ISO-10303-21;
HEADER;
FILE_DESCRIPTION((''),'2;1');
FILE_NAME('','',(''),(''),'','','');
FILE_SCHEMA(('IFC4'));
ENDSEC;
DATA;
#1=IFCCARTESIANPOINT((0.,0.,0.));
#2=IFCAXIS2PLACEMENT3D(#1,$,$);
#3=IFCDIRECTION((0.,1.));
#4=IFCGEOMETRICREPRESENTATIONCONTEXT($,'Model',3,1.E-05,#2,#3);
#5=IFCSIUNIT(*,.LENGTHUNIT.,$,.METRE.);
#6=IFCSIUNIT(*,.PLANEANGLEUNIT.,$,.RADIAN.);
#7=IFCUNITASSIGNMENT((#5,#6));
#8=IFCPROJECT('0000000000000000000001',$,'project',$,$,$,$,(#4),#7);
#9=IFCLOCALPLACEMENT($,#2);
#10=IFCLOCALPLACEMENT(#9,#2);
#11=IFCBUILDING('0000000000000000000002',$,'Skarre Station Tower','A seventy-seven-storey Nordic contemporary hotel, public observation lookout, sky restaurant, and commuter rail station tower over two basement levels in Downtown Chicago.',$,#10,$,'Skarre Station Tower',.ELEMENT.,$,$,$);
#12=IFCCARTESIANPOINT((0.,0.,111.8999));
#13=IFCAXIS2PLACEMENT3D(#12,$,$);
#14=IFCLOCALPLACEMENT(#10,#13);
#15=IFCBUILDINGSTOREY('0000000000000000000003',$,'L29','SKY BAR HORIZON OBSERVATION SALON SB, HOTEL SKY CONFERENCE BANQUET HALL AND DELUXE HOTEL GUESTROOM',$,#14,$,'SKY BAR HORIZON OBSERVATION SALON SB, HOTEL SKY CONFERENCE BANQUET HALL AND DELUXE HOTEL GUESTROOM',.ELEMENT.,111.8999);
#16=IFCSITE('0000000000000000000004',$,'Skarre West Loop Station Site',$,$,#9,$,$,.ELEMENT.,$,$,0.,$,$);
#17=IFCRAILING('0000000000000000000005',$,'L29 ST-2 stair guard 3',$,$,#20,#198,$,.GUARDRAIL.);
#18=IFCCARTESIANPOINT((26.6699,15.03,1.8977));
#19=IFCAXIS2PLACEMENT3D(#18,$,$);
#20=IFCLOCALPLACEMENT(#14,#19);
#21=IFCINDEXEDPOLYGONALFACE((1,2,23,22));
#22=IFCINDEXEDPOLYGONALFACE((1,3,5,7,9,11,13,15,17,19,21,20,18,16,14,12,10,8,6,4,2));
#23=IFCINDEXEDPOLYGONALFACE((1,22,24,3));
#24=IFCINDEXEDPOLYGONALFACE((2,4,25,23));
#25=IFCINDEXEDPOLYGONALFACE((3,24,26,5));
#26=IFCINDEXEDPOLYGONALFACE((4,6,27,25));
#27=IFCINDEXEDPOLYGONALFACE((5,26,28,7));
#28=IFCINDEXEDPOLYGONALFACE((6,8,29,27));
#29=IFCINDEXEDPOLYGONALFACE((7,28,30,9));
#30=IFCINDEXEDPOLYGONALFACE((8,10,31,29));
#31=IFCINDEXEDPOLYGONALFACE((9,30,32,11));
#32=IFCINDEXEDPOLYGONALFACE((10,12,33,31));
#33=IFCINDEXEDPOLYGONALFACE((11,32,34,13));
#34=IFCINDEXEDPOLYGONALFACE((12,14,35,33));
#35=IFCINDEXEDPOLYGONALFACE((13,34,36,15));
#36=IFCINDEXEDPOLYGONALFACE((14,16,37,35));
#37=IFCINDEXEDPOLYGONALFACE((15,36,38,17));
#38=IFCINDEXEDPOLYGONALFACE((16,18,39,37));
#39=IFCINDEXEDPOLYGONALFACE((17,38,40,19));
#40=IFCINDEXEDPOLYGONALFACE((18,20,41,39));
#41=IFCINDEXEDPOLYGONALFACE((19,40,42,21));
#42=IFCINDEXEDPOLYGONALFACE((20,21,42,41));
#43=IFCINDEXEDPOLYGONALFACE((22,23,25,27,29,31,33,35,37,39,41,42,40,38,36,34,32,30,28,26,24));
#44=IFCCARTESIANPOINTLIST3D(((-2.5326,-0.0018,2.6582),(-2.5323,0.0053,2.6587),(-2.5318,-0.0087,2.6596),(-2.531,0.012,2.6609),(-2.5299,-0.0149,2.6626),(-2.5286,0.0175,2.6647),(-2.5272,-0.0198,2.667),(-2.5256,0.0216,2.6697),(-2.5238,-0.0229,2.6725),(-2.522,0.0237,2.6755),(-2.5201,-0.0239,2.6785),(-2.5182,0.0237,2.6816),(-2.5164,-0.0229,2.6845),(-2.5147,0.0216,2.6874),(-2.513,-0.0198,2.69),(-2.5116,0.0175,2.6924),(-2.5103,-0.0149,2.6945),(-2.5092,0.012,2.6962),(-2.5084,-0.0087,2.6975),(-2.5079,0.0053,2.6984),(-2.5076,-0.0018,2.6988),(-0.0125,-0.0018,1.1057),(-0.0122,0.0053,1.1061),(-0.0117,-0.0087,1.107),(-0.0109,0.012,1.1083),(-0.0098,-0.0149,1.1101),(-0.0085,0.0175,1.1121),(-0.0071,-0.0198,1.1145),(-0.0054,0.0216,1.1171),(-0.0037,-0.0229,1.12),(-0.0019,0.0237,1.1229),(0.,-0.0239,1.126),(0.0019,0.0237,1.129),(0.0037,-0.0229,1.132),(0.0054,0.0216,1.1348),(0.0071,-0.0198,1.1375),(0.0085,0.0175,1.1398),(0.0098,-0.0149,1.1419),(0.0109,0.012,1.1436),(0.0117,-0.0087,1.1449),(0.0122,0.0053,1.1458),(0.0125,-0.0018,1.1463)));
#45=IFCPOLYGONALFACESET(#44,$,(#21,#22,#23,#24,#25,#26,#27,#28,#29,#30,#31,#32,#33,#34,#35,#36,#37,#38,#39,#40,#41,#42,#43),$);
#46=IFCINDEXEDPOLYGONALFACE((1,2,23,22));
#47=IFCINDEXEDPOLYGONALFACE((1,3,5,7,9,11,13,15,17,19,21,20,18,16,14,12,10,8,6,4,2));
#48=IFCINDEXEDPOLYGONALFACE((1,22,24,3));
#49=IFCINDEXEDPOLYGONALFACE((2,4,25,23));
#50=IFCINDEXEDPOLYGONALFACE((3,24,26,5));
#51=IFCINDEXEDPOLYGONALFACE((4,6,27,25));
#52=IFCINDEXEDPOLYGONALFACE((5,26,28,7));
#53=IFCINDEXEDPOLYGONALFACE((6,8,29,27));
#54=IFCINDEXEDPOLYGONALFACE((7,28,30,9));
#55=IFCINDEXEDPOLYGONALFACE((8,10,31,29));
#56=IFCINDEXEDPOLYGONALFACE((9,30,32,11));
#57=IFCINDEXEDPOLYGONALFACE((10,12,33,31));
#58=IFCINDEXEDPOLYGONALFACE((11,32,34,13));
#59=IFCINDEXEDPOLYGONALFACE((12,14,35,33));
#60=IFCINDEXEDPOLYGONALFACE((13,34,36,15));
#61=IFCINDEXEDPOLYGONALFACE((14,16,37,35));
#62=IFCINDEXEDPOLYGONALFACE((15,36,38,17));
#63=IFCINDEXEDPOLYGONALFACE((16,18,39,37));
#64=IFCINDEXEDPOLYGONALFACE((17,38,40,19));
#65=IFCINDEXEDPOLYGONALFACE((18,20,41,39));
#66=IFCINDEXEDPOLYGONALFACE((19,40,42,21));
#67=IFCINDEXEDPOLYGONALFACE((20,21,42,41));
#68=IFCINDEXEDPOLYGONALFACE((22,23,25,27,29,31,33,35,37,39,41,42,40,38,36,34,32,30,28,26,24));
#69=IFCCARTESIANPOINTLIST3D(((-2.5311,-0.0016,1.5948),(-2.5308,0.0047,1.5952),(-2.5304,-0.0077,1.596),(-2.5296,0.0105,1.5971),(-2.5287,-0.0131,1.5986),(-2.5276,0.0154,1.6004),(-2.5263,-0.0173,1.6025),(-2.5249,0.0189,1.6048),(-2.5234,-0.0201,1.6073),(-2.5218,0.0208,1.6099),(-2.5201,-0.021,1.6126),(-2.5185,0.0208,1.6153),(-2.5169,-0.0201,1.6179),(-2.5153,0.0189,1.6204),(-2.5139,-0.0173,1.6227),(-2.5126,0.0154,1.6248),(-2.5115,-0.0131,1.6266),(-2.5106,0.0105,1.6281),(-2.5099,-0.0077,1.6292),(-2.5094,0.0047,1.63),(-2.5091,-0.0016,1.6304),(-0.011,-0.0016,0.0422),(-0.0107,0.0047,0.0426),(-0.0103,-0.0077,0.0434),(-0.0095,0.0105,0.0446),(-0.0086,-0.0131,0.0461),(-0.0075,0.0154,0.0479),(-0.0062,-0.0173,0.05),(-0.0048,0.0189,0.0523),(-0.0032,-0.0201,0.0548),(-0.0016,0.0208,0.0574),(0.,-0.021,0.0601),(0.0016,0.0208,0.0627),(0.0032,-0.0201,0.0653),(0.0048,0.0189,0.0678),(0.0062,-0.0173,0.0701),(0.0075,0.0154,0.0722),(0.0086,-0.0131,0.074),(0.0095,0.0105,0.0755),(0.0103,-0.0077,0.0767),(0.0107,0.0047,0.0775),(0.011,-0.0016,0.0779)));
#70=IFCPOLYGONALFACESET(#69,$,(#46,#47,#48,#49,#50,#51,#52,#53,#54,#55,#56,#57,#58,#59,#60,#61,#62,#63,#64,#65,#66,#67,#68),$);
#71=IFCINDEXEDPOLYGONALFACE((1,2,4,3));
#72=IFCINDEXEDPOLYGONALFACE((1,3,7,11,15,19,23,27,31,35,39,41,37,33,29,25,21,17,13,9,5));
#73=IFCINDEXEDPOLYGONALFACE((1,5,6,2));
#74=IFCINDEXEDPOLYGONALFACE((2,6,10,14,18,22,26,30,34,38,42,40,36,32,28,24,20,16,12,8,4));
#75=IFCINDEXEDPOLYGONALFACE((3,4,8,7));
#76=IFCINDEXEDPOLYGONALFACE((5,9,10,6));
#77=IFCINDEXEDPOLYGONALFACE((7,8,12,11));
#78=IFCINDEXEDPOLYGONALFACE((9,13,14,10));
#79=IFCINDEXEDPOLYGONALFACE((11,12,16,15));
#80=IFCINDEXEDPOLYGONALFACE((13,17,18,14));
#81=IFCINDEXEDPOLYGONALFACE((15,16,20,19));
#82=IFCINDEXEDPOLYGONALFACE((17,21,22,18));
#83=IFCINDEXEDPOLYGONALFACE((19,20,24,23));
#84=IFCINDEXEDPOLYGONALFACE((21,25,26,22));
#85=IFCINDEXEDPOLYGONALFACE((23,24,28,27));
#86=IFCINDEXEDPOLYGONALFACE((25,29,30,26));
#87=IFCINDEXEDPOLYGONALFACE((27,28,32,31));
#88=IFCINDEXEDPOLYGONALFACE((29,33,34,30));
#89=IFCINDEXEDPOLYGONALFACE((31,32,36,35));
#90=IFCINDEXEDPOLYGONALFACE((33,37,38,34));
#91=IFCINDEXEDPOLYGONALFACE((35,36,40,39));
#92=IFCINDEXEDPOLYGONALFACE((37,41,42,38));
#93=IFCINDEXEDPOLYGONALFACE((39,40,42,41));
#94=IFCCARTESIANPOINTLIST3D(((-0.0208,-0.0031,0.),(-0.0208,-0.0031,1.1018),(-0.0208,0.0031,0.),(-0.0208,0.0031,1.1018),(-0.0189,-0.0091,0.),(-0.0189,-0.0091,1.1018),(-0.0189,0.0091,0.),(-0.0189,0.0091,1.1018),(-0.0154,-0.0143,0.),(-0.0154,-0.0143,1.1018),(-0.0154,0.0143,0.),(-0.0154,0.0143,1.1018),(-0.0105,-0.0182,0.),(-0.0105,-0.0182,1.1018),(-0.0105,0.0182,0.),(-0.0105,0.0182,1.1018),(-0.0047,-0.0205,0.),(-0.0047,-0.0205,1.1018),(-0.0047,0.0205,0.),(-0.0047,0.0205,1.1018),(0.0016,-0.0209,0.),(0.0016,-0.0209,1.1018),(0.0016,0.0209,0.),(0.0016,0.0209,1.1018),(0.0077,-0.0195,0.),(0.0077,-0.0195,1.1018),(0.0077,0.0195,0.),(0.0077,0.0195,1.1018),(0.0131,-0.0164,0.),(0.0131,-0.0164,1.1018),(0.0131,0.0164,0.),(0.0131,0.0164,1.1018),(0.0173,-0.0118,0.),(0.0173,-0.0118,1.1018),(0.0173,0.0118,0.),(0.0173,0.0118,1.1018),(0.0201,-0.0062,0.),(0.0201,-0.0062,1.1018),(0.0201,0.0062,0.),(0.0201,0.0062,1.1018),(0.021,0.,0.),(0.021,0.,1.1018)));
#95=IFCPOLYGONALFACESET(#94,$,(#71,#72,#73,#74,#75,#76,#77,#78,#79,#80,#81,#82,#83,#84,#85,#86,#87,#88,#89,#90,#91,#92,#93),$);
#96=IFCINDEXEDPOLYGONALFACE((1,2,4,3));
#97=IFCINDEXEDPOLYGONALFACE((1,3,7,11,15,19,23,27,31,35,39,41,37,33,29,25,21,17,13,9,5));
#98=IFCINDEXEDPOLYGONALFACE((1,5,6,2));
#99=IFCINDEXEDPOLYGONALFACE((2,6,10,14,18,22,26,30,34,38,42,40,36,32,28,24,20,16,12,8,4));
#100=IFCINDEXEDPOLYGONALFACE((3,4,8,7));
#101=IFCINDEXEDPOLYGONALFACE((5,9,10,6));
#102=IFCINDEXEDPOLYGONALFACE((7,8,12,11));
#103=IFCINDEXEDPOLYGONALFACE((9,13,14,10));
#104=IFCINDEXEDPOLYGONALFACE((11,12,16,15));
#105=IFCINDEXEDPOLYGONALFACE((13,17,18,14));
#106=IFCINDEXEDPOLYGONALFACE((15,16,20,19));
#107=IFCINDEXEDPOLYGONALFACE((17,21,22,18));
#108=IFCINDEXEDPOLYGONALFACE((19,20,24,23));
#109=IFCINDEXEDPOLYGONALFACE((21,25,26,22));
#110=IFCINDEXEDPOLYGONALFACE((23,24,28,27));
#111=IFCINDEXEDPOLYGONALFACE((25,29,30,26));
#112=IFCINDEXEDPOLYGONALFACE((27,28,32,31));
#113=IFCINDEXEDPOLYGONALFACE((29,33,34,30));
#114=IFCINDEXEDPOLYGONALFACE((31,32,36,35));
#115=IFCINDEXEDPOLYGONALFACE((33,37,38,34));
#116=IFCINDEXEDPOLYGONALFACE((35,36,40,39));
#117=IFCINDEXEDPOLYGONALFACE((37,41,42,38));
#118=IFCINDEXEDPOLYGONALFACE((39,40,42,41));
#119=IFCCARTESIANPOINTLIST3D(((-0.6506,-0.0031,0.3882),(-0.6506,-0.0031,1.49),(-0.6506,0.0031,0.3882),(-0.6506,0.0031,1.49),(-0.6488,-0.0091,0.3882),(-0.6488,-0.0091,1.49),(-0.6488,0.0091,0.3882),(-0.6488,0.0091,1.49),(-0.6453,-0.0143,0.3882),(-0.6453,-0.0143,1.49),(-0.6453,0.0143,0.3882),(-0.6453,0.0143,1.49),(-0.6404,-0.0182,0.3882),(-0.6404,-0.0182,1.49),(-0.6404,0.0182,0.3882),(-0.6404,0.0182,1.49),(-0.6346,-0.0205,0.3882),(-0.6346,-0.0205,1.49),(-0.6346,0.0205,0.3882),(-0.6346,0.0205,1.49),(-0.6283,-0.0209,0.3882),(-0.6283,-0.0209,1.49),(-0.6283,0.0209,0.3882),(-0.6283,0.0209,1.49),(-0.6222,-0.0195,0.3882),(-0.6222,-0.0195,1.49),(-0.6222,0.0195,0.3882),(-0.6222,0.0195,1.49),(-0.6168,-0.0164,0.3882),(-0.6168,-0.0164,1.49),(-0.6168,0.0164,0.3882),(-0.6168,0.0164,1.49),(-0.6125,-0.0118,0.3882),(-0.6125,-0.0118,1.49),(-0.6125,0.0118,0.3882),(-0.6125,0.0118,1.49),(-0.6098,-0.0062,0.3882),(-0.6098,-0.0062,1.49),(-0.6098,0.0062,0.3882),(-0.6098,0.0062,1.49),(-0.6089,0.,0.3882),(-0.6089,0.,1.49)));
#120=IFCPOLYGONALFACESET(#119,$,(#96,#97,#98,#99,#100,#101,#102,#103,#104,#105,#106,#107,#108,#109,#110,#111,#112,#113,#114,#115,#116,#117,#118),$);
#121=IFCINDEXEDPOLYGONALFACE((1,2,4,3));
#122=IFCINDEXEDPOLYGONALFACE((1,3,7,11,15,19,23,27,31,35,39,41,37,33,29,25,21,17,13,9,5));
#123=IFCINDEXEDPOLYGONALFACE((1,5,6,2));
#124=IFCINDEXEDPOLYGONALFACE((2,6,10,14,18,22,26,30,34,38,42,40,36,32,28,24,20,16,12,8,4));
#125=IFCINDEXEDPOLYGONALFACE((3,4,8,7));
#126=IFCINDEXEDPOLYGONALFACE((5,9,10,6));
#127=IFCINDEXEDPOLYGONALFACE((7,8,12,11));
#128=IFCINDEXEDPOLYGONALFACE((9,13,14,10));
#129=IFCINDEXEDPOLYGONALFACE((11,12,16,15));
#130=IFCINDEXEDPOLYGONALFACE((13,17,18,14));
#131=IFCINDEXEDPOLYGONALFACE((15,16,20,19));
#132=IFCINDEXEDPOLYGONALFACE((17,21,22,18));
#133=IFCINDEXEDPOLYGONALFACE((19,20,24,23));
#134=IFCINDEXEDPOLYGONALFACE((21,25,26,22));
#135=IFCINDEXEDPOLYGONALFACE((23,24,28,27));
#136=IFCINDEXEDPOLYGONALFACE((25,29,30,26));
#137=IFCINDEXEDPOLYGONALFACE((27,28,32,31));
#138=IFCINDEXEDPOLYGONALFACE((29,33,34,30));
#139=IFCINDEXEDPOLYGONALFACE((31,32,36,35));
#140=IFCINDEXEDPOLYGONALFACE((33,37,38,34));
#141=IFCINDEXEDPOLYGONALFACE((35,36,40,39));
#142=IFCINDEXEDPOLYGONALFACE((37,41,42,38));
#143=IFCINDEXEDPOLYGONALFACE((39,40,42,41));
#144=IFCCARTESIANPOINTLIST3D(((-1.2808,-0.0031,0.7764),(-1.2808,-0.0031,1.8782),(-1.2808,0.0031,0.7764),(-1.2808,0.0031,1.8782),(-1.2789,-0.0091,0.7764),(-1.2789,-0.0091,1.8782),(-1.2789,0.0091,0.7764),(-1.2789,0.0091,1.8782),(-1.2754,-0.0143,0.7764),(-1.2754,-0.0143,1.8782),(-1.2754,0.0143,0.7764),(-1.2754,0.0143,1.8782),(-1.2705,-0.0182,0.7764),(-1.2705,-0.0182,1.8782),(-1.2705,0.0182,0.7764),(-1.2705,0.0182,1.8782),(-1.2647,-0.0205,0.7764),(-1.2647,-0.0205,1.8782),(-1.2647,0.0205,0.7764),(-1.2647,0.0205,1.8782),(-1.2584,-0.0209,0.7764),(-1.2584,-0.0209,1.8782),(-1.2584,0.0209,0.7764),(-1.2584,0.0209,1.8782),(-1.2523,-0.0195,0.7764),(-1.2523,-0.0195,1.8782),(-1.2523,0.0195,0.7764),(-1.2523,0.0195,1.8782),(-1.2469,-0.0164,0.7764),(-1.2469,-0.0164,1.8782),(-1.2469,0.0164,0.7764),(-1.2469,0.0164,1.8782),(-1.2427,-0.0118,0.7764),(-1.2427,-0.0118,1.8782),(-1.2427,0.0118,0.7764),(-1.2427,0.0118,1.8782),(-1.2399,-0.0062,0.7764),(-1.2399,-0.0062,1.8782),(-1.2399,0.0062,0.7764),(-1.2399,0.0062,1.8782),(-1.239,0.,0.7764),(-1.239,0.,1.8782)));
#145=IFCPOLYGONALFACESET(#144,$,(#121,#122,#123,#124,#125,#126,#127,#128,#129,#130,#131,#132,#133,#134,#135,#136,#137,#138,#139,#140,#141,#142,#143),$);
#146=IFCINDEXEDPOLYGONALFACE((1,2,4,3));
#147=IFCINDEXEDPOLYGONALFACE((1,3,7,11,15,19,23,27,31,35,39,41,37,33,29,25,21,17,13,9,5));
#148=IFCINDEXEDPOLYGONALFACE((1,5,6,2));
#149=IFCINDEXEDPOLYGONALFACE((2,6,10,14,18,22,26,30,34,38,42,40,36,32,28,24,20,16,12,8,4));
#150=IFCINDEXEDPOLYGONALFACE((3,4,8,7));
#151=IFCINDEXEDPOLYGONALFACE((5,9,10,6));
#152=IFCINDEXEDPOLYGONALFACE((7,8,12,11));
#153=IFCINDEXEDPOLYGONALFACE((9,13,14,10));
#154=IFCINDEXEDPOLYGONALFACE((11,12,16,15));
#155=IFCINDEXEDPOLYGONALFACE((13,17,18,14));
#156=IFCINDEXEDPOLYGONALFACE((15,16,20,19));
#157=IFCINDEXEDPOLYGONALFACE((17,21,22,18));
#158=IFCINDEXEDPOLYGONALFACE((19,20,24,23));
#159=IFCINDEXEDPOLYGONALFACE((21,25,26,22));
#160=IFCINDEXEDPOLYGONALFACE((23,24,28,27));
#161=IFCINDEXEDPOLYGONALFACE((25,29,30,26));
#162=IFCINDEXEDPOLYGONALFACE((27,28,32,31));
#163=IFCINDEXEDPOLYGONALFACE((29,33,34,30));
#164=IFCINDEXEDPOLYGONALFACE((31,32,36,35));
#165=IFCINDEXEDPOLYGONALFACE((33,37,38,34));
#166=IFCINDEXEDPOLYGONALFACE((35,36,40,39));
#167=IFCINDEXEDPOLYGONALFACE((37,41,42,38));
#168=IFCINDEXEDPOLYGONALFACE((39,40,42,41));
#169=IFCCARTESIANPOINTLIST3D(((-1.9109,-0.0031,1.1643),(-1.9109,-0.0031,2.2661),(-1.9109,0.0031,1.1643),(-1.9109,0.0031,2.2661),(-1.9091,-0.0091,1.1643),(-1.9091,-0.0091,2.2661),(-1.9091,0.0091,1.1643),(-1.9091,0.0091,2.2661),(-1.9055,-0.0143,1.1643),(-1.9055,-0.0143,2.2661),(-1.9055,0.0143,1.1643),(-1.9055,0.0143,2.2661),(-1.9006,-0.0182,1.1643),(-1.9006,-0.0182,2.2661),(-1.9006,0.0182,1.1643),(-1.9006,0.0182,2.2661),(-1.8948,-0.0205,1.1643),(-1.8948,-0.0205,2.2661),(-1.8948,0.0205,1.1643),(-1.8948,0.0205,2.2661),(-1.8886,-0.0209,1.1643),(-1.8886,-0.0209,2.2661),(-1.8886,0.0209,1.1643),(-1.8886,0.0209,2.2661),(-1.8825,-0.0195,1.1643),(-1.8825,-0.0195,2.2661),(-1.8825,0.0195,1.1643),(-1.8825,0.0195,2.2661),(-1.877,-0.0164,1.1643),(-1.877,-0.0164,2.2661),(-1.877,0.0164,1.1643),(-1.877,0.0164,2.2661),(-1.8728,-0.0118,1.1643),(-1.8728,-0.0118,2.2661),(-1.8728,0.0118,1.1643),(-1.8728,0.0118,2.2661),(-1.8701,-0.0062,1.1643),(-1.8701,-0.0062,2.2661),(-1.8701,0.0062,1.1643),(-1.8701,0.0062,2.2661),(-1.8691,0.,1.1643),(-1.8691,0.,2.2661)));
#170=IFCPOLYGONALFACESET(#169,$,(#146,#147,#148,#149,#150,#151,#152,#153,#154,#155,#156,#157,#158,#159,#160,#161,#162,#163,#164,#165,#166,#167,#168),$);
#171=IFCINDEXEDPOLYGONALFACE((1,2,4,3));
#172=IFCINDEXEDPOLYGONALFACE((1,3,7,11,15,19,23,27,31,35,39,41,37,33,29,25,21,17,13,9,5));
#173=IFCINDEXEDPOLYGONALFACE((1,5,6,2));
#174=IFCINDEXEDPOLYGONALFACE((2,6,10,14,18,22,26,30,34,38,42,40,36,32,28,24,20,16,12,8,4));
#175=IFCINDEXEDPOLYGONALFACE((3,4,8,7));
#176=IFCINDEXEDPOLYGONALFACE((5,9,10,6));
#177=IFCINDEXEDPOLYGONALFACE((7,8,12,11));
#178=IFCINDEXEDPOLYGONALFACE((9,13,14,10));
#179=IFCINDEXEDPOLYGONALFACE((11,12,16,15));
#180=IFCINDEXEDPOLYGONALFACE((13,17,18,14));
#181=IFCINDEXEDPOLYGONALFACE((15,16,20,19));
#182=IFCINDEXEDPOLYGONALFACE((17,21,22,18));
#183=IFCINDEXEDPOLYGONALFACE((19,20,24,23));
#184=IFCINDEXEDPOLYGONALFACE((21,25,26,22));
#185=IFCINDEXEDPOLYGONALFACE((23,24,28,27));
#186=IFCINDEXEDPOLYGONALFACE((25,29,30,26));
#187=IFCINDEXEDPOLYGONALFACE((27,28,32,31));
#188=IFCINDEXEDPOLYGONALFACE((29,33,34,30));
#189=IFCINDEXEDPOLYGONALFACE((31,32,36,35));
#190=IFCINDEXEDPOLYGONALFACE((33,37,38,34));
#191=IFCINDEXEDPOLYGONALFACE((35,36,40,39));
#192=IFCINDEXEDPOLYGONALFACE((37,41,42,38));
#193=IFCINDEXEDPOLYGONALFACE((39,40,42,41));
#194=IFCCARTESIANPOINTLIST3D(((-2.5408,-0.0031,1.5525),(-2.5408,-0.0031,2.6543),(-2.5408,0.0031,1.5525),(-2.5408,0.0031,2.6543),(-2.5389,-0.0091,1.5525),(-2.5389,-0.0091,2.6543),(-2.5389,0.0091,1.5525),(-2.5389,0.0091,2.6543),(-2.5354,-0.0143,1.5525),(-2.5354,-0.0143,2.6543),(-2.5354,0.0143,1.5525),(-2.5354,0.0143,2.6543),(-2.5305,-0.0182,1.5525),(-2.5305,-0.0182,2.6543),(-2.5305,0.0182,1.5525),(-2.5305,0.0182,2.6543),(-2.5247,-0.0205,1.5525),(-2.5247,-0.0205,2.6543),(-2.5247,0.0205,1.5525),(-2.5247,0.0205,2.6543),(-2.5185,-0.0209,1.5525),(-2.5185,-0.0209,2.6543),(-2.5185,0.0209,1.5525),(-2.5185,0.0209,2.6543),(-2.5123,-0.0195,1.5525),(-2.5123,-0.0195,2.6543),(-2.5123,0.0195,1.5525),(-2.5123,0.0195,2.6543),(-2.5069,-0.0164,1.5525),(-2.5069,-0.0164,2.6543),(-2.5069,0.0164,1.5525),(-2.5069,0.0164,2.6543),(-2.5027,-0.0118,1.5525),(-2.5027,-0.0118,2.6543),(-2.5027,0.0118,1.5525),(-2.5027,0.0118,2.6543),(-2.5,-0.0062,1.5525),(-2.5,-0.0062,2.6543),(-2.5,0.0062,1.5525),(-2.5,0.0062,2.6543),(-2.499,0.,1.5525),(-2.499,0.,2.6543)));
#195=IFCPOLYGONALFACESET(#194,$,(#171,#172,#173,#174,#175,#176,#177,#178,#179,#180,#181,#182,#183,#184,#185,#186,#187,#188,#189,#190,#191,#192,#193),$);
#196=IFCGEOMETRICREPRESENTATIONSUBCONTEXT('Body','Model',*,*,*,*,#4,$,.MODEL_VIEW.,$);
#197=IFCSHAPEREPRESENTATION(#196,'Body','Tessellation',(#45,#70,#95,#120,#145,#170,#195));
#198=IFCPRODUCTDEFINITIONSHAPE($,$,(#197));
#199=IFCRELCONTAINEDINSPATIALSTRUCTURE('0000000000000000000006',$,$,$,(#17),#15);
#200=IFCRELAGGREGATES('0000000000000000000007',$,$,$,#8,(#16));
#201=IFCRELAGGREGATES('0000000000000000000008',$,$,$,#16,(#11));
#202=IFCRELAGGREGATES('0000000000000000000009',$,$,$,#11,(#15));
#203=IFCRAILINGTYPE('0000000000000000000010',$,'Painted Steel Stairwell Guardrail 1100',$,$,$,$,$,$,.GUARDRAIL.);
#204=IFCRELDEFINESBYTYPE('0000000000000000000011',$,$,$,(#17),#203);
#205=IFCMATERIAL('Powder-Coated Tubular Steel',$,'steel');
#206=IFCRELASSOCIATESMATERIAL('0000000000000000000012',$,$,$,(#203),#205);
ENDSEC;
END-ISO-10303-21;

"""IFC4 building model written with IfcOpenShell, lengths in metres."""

from ifc_helpers import new_model, si_unit, direction, frame, origin, origin_2d, place, context, subcontext, project, spatial, circle, extrude, material, type_object, element, save


model = new_model("IFC4")

# Units and contexts
model_context = context("Model", 3, precision=1e-05, world=origin(), true_north=direction((0.0, 1.0)))
body_context = subcontext(model_context, "Body", "Model", "MODEL_VIEW")
ifc_project = project(units=[si_unit("LENGTHUNIT", "METRE"), si_unit("PLANEANGLEUNIT", "RADIAN")], contexts=[model_context])

# Site, building, storey
site_placement = place(None, origin())
site = spatial("IfcSite", under=ifc_project, at=site_placement, Name="Skarre West Loop Station Site", CompositionType="ELEMENT", RefElevation=0.0)
building_placement = place(site_placement, origin())
building = spatial("IfcBuilding", under=site, at=building_placement, Name="Skarre Station Tower", Description="A seventy-seven-storey Nordic contemporary hotel, public observation lookout, sky restaurant, and commuter rail station tower over two basement levels in Downtown Chicago.", LongName="Skarre Station Tower", CompositionType="ELEMENT")
storey_placement = place(building_placement, frame((0.0, 0.0, 111.8999)))
storey = spatial("IfcBuildingStorey", under=building, at=storey_placement, Name="L29", Description="SKY BAR HORIZON OBSERVATION SALON SB, HOTEL SKY CONFERENCE BANQUET HALL AND DELUXE HOTEL GUESTROOM", LongName="SKY BAR HORIZON OBSERVATION SALON SB, HOTEL SKY CONFERENCE BANQUET HALL AND DELUXE HOTEL GUESTROOM", CompositionType="ELEMENT", Elevation=111.8999)

# Railing
ifc_material_1 = material(Name="Powder-Coated Tubular Steel", Category="steel")
railing_type_1 = type_object("IfcRailingType", Name="Painted Steel Stairwell Guardrail 1100", PredefinedType="GUARDRAIL", material=ifc_material_1)
railing_1_placement = place(storey_placement, frame((26.6699, 15.03, 1.8977)))
element("IfcRailing", 1, at=railing_1_placement, inside=storey, type_object=railing_type_1, Name="L29 ST-2 stair guard 3", PredefinedType="GUARDRAIL", context=body_context, shape_type="SweptSolid", body=[
    extrude(circle(Radius=0.0239, at=origin_2d()), frame((0.0, 0.0, 1.126), z_axis=(-0.8514, 0.0, 0.524516), x_axis=(0.0, -1.0, 0.0)), (0.0, 0.0, 1.0), 2.96),
    extrude(circle(Radius=0.021, at=origin_2d()), frame((0.0, 0.0, 0.0601), z_axis=(-0.8514, 0.0, 0.524516), x_axis=(0.0, -1.0, 0.0)), (0.0, 0.0, 1.0), 2.96),
    extrude(circle(Radius=0.021, at=origin_2d()), origin(), (0.0, 0.0, 1.0), 1.1018),
    extrude(circle(Radius=0.021, at=origin_2d()), frame((-0.6299, 0.0, 0.3882)), (0.0, 0.0, 1.0), 1.1018),
    extrude(circle(Radius=0.021, at=origin_2d()), frame((-1.26, 0.0, 0.7764)), (0.0, 0.0, 1.0), 1.1018),
    extrude(circle(Radius=0.021, at=origin_2d()), frame((-1.8901, 0.0, 1.1643)), (0.0, 0.0, 1.0), 1.1018),
    extrude(circle(Radius=0.021, at=origin_2d()), frame((-2.52, 0.0, 1.5525)), (0.0, 0.0, 1.0), 1.1018),
])

save(model, "model.ifc")
